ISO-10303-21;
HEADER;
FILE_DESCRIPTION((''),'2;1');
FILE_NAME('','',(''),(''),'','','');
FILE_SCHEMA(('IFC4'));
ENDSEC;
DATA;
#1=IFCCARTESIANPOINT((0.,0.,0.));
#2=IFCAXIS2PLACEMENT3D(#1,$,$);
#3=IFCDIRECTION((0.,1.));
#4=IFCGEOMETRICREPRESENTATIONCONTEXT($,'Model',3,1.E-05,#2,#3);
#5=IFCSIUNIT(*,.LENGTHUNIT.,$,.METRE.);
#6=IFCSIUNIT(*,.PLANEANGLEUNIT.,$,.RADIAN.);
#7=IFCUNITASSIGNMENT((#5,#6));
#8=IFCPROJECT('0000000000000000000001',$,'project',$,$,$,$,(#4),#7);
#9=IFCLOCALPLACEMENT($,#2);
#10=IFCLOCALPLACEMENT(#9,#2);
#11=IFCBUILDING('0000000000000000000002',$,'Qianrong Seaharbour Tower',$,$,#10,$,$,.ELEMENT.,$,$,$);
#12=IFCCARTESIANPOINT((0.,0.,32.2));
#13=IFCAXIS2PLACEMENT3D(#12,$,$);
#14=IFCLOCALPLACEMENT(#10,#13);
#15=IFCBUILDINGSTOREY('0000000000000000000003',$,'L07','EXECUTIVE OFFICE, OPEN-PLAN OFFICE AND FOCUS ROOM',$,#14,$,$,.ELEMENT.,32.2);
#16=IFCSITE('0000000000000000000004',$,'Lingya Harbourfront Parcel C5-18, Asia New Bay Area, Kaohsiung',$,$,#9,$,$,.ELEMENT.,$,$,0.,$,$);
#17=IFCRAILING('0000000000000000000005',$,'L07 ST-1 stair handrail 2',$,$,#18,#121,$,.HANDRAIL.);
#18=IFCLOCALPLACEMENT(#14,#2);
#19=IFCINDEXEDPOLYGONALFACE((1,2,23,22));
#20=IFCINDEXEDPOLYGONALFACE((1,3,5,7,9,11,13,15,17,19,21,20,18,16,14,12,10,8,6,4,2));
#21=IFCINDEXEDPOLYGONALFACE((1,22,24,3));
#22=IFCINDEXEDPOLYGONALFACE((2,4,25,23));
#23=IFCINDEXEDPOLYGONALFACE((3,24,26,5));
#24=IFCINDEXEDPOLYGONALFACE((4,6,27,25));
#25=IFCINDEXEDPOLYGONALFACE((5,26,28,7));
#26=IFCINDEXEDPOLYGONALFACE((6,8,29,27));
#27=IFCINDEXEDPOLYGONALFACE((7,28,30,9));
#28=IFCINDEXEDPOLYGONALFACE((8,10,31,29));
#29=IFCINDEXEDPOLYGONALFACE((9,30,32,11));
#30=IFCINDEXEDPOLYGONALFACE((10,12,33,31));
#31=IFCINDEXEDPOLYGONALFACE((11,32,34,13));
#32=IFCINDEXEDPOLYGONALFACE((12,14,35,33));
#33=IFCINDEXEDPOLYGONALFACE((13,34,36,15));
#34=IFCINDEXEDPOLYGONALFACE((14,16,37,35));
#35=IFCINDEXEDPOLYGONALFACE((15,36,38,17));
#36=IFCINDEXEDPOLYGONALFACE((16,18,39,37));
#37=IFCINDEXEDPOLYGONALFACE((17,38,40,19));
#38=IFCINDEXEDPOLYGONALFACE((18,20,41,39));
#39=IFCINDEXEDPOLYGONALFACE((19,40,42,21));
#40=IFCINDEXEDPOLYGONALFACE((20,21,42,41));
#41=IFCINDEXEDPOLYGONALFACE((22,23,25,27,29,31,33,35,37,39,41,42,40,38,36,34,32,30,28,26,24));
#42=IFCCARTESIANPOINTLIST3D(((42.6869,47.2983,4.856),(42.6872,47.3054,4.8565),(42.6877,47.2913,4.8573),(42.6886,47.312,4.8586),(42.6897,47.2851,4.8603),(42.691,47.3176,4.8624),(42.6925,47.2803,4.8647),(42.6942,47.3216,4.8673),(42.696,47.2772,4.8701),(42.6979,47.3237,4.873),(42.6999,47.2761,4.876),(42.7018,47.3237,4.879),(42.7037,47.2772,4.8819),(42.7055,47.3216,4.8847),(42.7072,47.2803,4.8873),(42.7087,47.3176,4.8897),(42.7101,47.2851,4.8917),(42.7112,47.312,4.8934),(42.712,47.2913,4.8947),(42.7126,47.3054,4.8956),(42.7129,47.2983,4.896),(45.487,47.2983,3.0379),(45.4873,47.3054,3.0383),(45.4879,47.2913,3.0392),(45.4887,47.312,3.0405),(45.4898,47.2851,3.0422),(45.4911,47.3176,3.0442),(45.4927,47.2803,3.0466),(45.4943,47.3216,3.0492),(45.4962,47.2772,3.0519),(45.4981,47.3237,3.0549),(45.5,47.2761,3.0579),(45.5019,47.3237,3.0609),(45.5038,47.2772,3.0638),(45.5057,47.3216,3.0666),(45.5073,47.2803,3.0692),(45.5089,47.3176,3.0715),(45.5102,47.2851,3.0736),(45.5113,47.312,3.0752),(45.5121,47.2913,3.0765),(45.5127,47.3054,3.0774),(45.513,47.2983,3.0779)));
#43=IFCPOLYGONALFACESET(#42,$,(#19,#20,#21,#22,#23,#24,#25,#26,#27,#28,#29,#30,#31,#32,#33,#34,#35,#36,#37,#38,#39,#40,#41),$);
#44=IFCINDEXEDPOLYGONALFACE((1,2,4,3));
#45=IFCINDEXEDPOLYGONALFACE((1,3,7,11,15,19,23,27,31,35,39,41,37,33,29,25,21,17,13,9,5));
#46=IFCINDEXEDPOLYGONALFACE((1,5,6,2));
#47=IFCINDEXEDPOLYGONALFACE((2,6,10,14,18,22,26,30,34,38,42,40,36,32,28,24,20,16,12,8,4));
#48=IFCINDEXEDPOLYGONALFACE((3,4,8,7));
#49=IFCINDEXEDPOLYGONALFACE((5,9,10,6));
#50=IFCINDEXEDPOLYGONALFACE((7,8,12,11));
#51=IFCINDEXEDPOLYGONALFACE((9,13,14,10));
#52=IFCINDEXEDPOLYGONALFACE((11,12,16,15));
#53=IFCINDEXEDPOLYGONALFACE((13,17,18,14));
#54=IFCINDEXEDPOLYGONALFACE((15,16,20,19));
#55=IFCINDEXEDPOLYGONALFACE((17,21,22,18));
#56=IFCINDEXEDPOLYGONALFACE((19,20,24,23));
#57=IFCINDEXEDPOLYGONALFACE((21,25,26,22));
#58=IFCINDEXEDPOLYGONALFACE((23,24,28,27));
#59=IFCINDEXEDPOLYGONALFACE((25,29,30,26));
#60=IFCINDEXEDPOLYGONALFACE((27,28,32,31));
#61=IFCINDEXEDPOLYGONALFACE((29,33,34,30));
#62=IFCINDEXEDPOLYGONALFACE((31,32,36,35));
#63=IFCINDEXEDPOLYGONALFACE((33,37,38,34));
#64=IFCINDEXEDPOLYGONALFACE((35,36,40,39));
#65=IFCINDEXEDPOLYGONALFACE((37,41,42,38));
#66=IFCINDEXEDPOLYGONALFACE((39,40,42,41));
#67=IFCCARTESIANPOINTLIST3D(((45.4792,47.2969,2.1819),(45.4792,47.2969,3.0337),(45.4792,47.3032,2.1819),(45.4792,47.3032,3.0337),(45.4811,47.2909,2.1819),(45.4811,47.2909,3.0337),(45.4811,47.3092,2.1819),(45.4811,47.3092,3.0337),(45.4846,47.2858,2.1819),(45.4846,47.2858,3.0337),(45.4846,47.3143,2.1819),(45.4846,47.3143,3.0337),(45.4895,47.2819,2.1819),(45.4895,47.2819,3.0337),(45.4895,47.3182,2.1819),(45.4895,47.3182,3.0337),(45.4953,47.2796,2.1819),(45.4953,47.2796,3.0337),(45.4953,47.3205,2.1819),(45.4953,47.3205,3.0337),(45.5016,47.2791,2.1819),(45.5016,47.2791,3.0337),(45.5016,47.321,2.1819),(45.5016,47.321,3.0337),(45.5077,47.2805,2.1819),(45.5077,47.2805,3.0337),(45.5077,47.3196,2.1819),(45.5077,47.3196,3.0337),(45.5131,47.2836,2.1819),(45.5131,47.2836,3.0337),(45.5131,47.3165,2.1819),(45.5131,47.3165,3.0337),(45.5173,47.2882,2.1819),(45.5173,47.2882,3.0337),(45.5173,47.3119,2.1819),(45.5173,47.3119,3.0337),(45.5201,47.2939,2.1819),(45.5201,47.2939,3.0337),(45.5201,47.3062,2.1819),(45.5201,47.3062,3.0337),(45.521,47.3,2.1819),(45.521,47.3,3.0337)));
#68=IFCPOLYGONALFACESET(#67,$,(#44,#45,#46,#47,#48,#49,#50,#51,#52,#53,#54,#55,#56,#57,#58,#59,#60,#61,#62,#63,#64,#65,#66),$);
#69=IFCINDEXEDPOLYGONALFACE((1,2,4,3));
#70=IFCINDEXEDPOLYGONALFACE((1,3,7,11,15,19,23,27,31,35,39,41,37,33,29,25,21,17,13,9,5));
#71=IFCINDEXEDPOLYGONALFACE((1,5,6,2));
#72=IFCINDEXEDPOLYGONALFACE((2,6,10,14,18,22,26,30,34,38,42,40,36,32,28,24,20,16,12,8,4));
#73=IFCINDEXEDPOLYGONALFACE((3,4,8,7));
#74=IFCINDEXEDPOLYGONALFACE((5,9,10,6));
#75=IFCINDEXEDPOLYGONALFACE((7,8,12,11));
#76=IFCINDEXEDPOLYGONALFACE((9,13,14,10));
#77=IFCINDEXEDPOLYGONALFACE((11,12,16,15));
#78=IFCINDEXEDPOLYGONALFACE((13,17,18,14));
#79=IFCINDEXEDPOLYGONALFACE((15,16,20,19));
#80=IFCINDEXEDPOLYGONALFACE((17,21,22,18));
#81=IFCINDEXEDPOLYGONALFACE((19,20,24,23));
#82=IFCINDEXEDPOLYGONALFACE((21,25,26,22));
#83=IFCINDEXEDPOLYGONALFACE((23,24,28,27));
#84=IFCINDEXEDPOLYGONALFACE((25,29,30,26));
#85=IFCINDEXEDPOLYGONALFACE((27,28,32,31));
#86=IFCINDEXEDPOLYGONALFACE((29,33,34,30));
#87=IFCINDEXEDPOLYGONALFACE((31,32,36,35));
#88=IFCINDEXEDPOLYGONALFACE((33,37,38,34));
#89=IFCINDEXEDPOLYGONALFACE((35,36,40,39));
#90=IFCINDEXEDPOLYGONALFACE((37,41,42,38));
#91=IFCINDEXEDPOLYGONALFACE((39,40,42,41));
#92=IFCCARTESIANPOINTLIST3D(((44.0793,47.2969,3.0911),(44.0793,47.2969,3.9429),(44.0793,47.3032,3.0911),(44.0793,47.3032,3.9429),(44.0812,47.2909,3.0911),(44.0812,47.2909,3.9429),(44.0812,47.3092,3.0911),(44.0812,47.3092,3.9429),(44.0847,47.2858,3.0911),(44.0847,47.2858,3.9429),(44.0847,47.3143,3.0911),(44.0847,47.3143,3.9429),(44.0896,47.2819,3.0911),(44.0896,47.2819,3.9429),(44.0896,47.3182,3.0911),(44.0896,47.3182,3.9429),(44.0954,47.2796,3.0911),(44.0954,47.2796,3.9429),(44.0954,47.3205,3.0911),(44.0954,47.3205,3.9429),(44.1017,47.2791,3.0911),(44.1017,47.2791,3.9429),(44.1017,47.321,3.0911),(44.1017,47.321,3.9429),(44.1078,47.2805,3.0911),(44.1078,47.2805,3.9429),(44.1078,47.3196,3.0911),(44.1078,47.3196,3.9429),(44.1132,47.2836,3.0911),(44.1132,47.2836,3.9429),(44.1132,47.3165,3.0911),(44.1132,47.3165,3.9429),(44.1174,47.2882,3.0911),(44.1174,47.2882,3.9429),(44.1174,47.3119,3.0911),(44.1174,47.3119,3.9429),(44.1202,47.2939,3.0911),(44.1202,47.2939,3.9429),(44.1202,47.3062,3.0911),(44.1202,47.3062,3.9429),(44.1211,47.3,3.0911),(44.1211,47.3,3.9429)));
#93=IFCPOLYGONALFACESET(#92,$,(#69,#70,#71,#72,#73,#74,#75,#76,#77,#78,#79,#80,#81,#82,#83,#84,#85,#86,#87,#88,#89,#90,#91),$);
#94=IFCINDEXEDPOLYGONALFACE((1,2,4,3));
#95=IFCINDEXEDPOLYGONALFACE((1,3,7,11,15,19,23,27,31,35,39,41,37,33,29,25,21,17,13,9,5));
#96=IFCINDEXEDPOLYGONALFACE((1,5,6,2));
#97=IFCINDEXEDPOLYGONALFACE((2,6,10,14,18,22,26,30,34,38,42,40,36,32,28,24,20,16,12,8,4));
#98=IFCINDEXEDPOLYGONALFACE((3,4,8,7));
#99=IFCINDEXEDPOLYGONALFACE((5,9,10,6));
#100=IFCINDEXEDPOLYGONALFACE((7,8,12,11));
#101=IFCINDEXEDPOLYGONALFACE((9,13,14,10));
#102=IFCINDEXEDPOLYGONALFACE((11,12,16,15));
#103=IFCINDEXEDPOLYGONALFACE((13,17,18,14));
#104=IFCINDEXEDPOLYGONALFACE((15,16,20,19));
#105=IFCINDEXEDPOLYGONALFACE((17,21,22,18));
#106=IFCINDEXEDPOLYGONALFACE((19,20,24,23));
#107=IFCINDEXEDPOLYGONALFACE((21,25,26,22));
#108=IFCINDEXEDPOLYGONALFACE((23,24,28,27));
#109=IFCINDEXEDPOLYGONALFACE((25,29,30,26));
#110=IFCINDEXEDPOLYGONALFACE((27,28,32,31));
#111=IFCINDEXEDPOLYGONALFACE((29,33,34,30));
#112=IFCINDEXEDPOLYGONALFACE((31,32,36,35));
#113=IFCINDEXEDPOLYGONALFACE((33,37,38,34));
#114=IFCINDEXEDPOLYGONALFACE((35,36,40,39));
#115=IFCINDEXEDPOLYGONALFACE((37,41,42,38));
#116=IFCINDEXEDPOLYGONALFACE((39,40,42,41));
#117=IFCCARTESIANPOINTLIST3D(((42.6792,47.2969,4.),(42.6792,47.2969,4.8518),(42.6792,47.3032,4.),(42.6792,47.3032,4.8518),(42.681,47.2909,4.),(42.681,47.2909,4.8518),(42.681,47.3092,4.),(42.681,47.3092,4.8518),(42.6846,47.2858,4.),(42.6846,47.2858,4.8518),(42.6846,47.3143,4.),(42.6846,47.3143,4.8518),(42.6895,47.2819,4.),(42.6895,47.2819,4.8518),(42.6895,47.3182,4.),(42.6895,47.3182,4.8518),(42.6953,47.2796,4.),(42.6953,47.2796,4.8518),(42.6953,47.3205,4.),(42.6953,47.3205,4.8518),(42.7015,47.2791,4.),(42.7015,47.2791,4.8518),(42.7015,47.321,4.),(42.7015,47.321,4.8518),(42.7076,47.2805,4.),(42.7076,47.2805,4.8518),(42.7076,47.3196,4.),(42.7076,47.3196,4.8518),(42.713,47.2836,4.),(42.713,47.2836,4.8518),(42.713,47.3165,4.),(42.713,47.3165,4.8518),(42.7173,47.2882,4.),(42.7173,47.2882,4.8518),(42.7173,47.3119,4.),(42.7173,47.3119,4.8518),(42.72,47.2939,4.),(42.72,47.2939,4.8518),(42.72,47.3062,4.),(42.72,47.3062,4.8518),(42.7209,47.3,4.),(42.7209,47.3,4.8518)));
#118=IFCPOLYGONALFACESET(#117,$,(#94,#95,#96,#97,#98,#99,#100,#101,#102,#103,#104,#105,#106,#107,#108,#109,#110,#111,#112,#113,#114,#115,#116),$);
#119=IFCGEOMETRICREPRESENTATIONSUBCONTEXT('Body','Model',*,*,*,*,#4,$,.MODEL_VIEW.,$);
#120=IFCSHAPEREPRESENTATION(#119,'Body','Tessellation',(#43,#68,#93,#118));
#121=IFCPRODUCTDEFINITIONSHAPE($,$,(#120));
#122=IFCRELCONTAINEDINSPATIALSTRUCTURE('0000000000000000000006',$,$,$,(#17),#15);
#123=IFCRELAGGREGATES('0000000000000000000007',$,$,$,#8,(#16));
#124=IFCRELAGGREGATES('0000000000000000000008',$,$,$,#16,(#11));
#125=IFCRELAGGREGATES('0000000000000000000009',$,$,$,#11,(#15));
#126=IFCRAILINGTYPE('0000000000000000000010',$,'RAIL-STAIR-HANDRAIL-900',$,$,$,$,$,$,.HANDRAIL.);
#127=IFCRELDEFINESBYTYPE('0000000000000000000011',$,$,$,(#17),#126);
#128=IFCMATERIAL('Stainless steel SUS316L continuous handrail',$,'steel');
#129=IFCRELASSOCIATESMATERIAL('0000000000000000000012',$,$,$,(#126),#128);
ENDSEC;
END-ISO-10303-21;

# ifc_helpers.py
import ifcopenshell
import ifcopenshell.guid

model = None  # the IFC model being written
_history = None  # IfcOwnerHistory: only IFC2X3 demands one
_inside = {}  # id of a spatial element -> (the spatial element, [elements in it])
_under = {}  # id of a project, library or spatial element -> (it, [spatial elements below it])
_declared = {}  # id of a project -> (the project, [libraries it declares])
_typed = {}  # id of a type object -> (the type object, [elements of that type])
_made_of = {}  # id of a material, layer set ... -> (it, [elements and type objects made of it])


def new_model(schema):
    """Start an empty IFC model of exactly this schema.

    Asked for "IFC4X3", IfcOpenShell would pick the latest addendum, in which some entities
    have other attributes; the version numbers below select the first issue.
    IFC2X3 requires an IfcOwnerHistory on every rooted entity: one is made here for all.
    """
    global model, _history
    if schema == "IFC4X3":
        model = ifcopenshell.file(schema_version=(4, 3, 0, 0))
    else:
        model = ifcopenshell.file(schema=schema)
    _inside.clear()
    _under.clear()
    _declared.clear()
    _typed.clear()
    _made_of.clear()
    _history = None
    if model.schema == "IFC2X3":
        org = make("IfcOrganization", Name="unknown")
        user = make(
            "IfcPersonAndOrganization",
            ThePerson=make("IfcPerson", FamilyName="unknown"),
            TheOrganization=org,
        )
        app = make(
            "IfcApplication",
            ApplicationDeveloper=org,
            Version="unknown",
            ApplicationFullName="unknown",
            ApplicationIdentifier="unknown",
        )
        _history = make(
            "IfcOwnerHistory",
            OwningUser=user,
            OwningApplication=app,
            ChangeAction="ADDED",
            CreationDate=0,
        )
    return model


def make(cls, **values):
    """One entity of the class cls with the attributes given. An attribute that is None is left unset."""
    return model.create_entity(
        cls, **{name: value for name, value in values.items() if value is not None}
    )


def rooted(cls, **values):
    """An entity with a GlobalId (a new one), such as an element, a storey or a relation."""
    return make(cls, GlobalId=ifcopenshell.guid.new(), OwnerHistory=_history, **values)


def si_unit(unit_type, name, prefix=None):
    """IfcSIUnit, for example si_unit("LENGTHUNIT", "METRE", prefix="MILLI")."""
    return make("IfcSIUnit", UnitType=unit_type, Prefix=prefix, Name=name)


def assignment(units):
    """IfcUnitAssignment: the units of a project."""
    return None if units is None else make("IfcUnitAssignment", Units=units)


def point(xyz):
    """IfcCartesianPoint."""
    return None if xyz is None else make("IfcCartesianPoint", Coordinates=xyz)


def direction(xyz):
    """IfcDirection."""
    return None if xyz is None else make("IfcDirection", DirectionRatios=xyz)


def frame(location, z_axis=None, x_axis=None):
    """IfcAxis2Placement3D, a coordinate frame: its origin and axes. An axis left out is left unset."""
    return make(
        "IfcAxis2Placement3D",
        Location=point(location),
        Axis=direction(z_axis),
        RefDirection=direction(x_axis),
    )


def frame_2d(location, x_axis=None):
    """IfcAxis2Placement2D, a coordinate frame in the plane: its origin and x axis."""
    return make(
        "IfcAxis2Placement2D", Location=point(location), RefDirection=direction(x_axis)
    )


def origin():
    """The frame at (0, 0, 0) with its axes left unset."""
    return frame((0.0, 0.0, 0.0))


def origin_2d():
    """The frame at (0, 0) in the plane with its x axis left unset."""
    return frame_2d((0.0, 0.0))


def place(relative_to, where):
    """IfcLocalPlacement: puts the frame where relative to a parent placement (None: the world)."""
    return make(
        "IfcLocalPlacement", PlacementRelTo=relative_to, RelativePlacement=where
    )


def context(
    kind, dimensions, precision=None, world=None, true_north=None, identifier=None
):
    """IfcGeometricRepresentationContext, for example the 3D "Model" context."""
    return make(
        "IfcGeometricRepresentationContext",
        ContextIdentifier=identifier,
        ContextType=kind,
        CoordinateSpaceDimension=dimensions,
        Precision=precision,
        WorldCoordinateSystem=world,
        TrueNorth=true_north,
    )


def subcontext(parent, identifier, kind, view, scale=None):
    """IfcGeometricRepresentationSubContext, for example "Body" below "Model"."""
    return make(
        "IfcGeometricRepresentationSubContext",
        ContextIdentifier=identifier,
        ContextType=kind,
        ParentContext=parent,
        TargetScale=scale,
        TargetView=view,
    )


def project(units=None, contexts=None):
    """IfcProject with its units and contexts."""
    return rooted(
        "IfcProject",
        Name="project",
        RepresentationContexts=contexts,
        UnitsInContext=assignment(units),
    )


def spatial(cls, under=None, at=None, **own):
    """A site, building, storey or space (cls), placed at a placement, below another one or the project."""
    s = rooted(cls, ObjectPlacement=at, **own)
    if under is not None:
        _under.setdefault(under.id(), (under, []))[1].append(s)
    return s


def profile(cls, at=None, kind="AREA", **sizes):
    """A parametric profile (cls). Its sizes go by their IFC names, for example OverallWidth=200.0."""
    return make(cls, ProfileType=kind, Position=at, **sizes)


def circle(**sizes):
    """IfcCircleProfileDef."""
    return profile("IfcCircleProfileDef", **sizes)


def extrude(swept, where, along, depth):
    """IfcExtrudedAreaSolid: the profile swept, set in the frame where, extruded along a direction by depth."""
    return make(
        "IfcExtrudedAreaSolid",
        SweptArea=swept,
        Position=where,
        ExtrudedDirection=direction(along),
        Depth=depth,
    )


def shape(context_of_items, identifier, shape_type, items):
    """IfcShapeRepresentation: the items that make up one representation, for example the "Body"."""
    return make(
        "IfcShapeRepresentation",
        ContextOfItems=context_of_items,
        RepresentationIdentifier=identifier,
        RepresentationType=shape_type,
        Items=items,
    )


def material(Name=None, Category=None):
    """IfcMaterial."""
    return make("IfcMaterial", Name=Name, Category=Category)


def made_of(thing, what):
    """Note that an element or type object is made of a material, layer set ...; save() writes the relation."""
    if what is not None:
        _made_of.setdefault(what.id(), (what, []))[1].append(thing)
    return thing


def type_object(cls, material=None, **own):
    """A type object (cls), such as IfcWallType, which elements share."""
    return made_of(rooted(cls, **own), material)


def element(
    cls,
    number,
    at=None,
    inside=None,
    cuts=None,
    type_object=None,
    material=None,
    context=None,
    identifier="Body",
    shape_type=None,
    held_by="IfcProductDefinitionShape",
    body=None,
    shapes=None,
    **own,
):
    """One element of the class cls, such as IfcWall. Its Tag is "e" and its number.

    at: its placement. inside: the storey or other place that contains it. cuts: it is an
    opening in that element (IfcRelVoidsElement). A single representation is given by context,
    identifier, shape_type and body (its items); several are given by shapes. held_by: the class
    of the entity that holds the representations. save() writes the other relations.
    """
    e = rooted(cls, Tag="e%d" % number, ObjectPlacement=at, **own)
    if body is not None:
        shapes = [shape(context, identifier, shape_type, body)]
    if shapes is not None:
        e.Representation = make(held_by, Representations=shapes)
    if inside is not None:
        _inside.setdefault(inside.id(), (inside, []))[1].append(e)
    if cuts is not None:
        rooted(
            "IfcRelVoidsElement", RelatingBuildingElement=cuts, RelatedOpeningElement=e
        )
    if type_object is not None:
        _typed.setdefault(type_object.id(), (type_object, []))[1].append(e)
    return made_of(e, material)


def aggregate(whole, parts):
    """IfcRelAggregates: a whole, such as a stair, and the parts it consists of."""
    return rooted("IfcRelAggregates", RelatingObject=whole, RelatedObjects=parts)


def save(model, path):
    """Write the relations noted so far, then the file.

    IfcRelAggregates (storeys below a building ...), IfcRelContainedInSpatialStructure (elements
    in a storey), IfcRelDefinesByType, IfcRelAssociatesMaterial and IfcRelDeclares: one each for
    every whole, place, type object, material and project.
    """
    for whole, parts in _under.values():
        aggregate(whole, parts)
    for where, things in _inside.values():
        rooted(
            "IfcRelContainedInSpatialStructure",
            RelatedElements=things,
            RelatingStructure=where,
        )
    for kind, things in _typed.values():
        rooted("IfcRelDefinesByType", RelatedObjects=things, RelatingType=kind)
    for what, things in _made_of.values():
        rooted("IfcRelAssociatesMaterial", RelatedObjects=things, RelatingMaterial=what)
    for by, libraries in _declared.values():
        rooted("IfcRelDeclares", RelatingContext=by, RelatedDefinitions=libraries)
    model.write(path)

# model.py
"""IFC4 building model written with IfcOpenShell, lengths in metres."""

from ifc_helpers import new_model, si_unit, direction, frame, origin, origin_2d, place, context, subcontext, project, spatial, circle, extrude, material, type_object, element, save


model = new_model("IFC4")

# Units and contexts
model_context = context("Model", 3, precision=1e-05, world=origin(), true_north=direction((0.0, 1.0)))
body_context = subcontext(model_context, "Body", "Model", "MODEL_VIEW")
ifc_project = project(units=[si_unit("LENGTHUNIT", "METRE"), si_unit("PLANEANGLEUNIT", "RADIAN")], contexts=[model_context])

# Site, building, storey
site_placement = place(None, origin())
site = spatial("IfcSite", under=ifc_project, at=site_placement, Name="Lingya Harbourfront Parcel C5-18, Asia New Bay Area, Kaohsiung", CompositionType="ELEMENT", RefElevation=0.0)
building_placement = place(site_placement, origin())
building = spatial("IfcBuilding", under=site, at=building_placement, Name="Qianrong Seaharbour Tower", CompositionType="ELEMENT")
storey_placement = place(building_placement, frame((0.0, 0.0, 32.2)))
storey = spatial("IfcBuildingStorey", under=building, at=storey_placement, Name="L07", Description="EXECUTIVE OFFICE, OPEN-PLAN OFFICE AND FOCUS ROOM", CompositionType="ELEMENT", Elevation=32.2)

# Railing
ifc_material_1 = material(Name="Stainless steel SUS316L continuous handrail", Category="steel")
railing_type_1 = type_object("IfcRailingType", Name="RAIL-STAIR-HANDRAIL-900", PredefinedType="HANDRAIL", material=ifc_material_1)
railing_1_placement = place(storey_placement, frame((45.5, 47.3, 2.1819)))
element("IfcRailing", 1, at=railing_1_placement, inside=storey, type_object=railing_type_1, Name="L07 ST-1 stair handrail 2", PredefinedType="HANDRAIL", context=body_context, shape_type="SweptSolid", body=[
    extrude(circle(Radius=0.0239, at=origin_2d()), frame((0.0, 0.0, 0.876), z_axis=(-0.838706, 0.0, 0.544585), x_axis=(0.0, -1.0, 0.0)), (0.0, 0.0, 1.0), 3.3386),
    extrude(circle(Radius=0.021, at=origin_2d()), origin(), (0.0, 0.0, 1.0), 0.8518),
    extrude(circle(Radius=0.021, at=origin_2d()), frame((-1.3999, 0.0, 0.9092)), (0.0, 0.0, 1.0), 0.8518),
    extrude(circle(Radius=0.021, at=origin_2d()), frame((-2.8, 0.0, 1.8181)), (0.0, 0.0, 1.0), 0.8518),
])

save(model, "model.ifc")
